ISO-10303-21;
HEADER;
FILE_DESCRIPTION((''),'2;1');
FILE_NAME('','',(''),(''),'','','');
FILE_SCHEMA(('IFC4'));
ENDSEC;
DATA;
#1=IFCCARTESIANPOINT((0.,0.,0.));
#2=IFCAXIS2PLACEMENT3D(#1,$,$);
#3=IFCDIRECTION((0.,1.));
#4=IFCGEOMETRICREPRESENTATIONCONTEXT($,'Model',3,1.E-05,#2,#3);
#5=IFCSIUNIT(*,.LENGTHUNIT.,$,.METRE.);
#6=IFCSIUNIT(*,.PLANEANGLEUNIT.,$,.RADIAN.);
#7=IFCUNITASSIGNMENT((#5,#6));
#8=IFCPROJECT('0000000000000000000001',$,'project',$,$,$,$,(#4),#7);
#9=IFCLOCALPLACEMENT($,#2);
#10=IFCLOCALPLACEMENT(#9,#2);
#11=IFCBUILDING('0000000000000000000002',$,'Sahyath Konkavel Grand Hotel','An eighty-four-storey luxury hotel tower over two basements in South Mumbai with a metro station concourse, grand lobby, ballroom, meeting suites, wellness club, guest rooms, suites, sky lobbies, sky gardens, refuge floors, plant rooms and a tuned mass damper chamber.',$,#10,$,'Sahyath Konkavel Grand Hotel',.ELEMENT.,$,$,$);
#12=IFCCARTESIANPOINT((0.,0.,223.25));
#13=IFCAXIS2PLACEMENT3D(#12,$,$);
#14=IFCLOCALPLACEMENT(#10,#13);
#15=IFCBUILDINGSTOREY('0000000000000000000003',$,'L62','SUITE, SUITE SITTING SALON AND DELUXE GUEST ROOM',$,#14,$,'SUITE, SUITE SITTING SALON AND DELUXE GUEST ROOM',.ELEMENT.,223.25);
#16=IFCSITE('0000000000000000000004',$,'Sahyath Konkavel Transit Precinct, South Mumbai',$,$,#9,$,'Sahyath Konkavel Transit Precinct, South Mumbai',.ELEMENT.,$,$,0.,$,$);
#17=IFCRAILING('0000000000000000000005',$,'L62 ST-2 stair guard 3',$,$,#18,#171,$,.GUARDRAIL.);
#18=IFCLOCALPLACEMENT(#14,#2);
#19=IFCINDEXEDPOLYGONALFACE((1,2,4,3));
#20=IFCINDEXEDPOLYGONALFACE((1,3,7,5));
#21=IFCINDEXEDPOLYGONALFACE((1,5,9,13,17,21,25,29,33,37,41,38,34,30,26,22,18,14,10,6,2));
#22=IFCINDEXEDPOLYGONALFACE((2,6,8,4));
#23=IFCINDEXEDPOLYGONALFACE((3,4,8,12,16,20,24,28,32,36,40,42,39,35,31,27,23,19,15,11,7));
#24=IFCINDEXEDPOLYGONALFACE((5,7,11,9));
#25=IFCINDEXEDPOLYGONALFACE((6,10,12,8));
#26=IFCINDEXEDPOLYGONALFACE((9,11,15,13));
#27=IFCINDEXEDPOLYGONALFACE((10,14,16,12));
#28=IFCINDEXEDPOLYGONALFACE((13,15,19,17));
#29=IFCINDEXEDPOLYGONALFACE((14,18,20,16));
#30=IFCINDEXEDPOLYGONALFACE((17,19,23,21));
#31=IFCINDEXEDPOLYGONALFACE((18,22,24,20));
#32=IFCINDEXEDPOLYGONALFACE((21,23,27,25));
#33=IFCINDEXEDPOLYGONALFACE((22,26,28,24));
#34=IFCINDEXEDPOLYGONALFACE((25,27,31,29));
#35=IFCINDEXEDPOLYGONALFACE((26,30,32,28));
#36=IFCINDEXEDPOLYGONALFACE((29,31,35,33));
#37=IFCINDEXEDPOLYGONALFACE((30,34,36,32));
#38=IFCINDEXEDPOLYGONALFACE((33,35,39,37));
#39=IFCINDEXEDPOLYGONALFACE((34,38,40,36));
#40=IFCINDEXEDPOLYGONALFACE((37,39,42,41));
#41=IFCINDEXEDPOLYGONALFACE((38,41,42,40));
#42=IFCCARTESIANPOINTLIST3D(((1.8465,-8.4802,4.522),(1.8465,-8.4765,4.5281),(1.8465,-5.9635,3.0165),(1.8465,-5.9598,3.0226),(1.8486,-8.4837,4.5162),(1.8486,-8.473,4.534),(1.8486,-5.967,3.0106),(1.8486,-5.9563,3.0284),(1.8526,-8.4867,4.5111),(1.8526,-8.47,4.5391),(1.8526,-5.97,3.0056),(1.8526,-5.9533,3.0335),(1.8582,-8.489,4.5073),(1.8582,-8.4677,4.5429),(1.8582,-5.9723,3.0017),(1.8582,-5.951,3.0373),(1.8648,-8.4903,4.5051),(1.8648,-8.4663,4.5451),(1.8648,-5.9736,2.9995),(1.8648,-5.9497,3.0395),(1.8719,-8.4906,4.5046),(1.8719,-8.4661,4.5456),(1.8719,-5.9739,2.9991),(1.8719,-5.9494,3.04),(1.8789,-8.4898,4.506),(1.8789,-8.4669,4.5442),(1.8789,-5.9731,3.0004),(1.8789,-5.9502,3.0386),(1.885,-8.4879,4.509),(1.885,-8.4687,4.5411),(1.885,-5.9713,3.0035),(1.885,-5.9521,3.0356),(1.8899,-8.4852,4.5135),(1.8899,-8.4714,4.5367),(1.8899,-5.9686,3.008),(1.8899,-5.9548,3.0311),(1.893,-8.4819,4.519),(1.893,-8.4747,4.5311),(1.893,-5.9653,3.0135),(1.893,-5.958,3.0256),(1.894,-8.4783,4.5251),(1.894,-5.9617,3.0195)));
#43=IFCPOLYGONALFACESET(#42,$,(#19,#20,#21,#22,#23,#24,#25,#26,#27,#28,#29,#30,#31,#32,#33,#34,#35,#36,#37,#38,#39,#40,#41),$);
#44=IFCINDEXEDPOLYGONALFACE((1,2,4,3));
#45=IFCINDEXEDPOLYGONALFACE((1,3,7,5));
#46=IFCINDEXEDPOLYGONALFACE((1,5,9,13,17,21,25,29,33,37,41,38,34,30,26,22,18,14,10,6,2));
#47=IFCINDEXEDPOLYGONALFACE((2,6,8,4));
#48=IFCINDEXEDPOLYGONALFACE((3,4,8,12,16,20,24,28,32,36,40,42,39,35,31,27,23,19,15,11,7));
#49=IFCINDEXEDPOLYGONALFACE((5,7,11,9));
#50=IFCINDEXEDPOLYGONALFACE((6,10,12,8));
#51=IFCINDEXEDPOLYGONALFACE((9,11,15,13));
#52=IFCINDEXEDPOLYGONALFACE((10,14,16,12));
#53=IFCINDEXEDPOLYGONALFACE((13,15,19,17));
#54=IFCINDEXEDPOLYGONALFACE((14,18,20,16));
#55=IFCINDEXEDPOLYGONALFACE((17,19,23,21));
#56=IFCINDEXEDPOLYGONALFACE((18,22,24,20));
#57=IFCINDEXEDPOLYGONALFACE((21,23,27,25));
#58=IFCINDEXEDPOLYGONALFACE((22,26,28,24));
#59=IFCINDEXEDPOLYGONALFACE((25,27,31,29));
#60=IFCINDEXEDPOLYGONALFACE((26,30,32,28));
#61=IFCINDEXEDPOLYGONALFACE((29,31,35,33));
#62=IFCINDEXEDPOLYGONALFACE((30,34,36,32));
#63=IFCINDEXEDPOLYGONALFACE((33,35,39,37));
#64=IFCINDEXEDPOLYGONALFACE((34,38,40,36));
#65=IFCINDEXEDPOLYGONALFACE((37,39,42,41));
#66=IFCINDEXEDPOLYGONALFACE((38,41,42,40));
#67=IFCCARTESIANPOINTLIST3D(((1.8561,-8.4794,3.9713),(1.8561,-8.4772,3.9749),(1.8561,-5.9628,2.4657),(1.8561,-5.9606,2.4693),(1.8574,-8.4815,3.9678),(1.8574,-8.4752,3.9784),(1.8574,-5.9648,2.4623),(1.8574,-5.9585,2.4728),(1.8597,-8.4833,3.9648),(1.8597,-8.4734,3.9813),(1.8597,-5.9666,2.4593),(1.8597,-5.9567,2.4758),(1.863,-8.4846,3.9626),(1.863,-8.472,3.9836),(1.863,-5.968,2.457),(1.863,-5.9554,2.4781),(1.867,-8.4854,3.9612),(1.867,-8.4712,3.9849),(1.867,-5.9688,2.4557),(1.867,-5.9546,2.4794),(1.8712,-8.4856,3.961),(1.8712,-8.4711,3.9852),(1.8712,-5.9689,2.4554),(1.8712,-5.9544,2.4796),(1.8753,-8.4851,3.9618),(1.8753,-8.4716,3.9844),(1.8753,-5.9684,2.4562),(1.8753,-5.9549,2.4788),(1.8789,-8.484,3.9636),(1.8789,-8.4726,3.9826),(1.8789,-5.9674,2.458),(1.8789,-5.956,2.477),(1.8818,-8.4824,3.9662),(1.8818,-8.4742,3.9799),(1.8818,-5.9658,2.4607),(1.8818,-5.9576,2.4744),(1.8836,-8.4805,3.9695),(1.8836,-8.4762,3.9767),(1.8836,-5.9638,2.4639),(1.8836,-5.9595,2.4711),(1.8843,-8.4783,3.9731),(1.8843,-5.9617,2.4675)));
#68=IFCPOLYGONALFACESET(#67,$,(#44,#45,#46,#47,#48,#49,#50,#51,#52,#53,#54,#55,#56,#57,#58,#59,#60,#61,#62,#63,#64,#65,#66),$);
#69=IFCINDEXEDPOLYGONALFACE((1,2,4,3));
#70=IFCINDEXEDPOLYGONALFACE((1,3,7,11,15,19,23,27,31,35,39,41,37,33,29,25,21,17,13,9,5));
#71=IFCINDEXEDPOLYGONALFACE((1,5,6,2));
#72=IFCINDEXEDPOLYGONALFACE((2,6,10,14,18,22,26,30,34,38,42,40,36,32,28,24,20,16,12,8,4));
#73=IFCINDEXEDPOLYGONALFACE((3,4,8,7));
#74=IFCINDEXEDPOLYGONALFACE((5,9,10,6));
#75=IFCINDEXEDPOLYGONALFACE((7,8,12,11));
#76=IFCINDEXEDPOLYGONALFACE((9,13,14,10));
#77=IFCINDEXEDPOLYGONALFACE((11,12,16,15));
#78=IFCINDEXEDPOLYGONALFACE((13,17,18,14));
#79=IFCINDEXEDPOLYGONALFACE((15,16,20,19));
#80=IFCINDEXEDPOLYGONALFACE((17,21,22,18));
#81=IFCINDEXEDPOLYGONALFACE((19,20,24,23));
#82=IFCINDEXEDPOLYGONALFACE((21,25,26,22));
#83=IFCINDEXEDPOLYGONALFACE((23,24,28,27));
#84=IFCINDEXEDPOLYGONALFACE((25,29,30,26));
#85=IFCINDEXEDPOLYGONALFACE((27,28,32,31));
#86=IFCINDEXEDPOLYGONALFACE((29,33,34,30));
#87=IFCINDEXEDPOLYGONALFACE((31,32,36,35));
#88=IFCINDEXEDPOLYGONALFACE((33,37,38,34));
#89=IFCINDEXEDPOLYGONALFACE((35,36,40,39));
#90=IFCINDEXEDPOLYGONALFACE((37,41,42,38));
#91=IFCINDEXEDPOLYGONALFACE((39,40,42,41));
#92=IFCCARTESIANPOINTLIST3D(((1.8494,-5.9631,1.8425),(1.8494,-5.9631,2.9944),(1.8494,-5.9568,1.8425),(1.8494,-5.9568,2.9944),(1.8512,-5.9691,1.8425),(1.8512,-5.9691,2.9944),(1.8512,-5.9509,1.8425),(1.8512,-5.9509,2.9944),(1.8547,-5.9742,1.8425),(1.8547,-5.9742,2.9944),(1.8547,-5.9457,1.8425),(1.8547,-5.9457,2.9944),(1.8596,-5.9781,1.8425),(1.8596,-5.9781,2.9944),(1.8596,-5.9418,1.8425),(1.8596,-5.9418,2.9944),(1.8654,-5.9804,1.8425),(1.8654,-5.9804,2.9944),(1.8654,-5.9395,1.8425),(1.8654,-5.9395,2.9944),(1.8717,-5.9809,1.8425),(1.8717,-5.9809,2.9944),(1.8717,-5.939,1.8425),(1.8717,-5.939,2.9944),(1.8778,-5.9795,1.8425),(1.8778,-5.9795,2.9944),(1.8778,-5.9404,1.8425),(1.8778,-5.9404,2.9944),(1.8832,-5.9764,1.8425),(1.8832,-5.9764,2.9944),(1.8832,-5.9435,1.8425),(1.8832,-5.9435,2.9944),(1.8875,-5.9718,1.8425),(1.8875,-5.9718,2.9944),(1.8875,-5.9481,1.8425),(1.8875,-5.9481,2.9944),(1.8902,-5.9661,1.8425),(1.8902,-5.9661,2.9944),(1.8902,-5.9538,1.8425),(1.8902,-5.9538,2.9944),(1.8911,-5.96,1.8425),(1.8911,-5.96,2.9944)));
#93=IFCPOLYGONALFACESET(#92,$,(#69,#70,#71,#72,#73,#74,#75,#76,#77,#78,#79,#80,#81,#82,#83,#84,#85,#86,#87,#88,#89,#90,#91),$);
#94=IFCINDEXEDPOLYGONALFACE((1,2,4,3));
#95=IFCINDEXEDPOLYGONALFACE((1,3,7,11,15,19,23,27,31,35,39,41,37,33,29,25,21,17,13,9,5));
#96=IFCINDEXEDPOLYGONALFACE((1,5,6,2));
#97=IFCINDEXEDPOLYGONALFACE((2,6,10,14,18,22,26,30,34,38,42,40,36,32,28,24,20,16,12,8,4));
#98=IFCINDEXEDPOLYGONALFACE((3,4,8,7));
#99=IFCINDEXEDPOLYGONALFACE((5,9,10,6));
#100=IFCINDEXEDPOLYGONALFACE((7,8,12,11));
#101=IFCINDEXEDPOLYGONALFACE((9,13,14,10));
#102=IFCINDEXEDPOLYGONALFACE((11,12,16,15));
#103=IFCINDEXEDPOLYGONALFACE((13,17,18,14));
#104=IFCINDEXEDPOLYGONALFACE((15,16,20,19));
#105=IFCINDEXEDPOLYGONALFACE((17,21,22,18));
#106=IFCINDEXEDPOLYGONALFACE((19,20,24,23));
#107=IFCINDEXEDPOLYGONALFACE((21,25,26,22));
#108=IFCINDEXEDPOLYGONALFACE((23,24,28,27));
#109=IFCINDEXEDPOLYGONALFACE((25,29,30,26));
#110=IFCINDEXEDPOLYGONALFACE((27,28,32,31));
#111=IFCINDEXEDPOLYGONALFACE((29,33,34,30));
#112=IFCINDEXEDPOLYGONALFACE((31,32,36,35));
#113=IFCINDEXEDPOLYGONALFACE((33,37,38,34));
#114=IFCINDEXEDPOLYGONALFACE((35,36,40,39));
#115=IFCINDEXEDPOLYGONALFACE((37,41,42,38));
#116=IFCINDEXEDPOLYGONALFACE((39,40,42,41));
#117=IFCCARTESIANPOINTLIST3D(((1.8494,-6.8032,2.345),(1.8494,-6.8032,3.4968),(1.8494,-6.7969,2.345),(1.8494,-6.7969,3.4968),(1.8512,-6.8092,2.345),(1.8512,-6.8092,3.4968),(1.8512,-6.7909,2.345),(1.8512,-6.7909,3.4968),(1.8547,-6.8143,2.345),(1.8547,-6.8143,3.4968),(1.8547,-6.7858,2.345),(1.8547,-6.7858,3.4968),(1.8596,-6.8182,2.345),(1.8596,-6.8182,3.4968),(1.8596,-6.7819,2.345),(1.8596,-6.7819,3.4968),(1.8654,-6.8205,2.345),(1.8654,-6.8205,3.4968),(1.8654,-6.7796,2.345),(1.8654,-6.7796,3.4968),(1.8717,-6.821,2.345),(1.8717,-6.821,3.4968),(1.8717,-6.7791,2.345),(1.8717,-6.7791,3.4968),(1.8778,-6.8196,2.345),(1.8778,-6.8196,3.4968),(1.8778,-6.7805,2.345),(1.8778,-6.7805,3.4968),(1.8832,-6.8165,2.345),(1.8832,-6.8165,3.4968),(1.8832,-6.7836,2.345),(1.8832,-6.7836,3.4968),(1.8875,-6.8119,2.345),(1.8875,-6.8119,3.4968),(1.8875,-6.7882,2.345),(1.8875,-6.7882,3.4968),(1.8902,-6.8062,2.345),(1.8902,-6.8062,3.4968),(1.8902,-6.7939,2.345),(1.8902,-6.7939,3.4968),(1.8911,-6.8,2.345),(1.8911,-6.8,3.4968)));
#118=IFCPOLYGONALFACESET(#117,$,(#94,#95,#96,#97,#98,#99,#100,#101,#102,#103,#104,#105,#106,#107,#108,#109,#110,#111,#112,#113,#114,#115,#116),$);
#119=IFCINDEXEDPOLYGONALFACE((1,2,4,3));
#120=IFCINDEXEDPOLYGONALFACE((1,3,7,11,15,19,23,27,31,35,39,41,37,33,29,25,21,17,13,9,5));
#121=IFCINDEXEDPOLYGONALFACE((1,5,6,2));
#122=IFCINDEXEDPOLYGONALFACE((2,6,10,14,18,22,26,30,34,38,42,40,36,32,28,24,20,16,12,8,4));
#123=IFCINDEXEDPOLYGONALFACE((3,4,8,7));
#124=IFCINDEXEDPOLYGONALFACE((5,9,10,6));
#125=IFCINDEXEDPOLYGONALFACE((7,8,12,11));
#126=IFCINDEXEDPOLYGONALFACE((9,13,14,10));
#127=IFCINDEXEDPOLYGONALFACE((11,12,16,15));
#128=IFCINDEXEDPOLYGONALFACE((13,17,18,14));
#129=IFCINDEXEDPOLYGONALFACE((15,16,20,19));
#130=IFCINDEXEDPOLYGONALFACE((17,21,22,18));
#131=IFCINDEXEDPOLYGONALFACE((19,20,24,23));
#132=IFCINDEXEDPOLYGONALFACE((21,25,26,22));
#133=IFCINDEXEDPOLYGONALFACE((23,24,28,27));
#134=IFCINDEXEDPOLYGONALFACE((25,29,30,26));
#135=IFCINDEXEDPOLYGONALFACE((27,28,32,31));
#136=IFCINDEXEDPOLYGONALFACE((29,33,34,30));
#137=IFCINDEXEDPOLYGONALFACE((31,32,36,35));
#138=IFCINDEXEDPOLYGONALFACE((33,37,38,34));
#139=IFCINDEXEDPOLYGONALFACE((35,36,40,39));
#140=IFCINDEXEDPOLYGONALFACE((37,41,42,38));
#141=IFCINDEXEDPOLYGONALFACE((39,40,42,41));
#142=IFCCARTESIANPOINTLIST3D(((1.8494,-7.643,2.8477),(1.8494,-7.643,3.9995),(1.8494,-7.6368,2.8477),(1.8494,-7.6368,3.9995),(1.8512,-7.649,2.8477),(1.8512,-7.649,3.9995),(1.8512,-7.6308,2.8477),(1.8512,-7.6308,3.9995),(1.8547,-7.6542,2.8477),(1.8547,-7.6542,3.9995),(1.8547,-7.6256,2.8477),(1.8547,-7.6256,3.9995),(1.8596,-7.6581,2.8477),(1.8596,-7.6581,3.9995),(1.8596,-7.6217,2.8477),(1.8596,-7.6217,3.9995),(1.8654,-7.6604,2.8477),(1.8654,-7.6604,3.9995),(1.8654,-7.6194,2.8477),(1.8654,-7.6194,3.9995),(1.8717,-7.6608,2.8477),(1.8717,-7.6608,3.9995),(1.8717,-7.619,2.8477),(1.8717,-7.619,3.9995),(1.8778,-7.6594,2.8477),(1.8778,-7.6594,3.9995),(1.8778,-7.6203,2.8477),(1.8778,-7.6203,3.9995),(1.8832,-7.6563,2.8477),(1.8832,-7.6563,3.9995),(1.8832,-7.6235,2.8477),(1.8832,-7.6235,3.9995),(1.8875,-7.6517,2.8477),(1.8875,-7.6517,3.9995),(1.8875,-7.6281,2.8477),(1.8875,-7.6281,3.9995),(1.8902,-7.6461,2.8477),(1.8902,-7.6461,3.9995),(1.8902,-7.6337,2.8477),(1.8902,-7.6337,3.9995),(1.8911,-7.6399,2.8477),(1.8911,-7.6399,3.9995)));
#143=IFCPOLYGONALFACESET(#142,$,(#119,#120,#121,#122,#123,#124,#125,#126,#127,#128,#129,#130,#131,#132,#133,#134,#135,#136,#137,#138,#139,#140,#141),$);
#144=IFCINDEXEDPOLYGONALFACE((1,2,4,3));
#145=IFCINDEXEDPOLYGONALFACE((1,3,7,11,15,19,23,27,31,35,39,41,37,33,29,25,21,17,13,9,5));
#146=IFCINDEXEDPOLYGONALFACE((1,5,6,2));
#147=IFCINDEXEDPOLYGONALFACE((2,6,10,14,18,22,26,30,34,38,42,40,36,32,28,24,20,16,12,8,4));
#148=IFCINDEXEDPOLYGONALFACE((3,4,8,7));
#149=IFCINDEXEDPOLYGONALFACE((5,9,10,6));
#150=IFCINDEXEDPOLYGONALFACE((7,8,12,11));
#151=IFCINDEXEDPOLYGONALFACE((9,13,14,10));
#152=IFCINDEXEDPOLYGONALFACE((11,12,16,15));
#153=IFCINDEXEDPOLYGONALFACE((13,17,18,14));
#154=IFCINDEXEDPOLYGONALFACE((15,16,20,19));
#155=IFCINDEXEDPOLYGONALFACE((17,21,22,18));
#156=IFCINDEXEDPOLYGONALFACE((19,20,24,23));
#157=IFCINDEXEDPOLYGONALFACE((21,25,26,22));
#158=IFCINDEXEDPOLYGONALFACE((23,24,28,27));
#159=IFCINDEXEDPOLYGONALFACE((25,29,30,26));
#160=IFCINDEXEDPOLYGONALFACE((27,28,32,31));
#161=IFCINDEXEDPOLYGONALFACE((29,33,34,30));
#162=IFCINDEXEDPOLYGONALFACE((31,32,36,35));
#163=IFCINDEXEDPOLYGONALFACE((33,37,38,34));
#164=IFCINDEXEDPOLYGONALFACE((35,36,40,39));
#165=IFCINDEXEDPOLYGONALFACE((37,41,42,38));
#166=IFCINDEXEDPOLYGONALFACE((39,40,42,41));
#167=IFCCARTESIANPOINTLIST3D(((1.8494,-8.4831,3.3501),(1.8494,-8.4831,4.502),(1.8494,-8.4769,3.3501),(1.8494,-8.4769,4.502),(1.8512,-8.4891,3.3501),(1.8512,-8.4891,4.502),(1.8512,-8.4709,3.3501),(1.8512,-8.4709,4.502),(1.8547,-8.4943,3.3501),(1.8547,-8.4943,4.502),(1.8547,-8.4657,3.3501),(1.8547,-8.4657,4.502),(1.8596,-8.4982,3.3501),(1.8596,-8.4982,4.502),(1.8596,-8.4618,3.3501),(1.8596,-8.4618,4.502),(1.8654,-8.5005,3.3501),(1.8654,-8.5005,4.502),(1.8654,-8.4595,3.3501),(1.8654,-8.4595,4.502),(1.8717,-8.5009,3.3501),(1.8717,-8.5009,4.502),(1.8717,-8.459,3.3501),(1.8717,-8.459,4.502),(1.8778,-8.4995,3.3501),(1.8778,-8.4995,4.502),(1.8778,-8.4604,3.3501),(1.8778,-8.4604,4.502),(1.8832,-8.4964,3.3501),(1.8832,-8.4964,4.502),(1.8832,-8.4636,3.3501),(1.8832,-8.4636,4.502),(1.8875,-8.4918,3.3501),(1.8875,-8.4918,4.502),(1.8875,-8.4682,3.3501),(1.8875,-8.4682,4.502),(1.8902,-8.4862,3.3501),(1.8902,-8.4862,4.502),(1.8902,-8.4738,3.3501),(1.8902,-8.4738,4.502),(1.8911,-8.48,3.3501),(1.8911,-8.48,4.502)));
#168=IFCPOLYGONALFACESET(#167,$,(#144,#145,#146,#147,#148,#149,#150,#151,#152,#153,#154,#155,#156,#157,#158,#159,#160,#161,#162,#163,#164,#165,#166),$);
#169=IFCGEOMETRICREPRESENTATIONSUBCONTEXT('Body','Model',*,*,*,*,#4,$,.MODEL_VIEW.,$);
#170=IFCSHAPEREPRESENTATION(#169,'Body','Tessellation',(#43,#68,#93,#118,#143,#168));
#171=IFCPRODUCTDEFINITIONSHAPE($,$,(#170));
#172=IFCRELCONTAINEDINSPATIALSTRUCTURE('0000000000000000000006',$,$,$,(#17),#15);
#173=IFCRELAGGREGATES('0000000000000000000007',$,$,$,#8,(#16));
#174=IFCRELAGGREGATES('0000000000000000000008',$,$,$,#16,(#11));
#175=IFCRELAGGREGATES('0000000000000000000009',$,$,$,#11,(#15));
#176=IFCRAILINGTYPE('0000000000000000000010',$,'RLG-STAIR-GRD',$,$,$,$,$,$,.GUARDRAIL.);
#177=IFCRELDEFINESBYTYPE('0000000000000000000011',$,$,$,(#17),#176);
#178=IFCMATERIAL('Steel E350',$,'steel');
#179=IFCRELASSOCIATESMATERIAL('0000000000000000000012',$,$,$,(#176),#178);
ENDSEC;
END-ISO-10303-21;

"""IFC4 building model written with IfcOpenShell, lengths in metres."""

from ifc_helpers import new_model, si_unit, direction, frame, origin, origin_2d, place, context, subcontext, project, spatial, circle, extrude, material, type_object, element, save


model = new_model("IFC4")

# Units and contexts
model_context = context("Model", 3, precision=1e-05, world=origin(), true_north=direction((0.0, 1.0)))
body_context = subcontext(model_context, "Body", "Model", "MODEL_VIEW")
ifc_project = project(units=[si_unit("LENGTHUNIT", "METRE"), si_unit("PLANEANGLEUNIT", "RADIAN")], contexts=[model_context])

# Site, building, storey
site_placement = place(None, origin())
site = spatial("IfcSite", under=ifc_project, at=site_placement, Name="Sahyath Konkavel Transit Precinct, South Mumbai", LongName="Sahyath Konkavel Transit Precinct, South Mumbai", CompositionType="ELEMENT", RefElevation=0.0)
building_placement = place(site_placement, origin())
building = spatial("IfcBuilding", under=site, at=building_placement, Name="Sahyath Konkavel Grand Hotel", Description="An eighty-four-storey luxury hotel tower over two basements in South Mumbai with a metro station concourse, grand lobby, ballroom, meeting suites, wellness club, guest rooms, suites, sky lobbies, sky gardens, refuge floors, plant rooms and a tuned mass damper chamber.", LongName="Sahyath Konkavel Grand Hotel", CompositionType="ELEMENT")
storey_placement = place(building_placement, frame((0.0, 0.0, 223.25)))
storey = spatial("IfcBuildingStorey", under=building, at=storey_placement, Name="L62", Description="SUITE, SUITE SITTING SALON AND DELUXE GUEST ROOM", LongName="SUITE, SUITE SITTING SALON AND DELUXE GUEST ROOM", CompositionType="ELEMENT", Elevation=223.25)

# Shared definitions
ifc_material_1 = material(Name="Steel E350", Category="steel")

# Railing
railing_type_1 = type_object("IfcRailingType", Name="RLG-STAIR-GRD", PredefinedType="GUARDRAIL", material=ifc_material_1)
railing_1_placement = place(storey_placement, frame((1.8701, -5.96, 1.8425)))
element("IfcRailing", 1, at=railing_1_placement, inside=storey, type_object=railing_type_1, Name="L62 ST-2 stair guard 3", PredefinedType="GUARDRAIL", context=body_context, shape_type="SweptSolid", body=[
    extrude(circle(Radius=0.0239, at=origin_2d()), frame((0.0, -0.0017, 1.177), z_axis=(0.0, -0.85816, 0.513383), x_axis=(1.0, 0.0, 0.0)), (0.0, 0.0, 1.0), 2.9326),
    extrude(circle(Radius=0.0142, at=origin_2d()), frame((0.0, -0.0017, 0.625), z_axis=(0.0, -0.85816, 0.513383), x_axis=(1.0, 0.0, 0.0)), (0.0, 0.0, 1.0), 2.9326),
    extrude(circle(Radius=0.021, at=origin_2d()), origin(), (0.0, 0.0, 1.0), 1.1519),
    extrude(circle(Radius=0.021, at=origin_2d()), frame((0.0, -0.8401, 0.5024)), (0.0, 0.0, 1.0), 1.1519),
    extrude(circle(Radius=0.021, at=origin_2d()), frame((0.0, -1.6799, 1.0051)), (0.0, 0.0, 1.0), 1.1519),
    extrude(circle(Radius=0.021, at=origin_2d()), frame((0.0, -2.52, 1.5076)), (0.0, 0.0, 1.0), 1.1519),
])

save(model, "model.ifc")
